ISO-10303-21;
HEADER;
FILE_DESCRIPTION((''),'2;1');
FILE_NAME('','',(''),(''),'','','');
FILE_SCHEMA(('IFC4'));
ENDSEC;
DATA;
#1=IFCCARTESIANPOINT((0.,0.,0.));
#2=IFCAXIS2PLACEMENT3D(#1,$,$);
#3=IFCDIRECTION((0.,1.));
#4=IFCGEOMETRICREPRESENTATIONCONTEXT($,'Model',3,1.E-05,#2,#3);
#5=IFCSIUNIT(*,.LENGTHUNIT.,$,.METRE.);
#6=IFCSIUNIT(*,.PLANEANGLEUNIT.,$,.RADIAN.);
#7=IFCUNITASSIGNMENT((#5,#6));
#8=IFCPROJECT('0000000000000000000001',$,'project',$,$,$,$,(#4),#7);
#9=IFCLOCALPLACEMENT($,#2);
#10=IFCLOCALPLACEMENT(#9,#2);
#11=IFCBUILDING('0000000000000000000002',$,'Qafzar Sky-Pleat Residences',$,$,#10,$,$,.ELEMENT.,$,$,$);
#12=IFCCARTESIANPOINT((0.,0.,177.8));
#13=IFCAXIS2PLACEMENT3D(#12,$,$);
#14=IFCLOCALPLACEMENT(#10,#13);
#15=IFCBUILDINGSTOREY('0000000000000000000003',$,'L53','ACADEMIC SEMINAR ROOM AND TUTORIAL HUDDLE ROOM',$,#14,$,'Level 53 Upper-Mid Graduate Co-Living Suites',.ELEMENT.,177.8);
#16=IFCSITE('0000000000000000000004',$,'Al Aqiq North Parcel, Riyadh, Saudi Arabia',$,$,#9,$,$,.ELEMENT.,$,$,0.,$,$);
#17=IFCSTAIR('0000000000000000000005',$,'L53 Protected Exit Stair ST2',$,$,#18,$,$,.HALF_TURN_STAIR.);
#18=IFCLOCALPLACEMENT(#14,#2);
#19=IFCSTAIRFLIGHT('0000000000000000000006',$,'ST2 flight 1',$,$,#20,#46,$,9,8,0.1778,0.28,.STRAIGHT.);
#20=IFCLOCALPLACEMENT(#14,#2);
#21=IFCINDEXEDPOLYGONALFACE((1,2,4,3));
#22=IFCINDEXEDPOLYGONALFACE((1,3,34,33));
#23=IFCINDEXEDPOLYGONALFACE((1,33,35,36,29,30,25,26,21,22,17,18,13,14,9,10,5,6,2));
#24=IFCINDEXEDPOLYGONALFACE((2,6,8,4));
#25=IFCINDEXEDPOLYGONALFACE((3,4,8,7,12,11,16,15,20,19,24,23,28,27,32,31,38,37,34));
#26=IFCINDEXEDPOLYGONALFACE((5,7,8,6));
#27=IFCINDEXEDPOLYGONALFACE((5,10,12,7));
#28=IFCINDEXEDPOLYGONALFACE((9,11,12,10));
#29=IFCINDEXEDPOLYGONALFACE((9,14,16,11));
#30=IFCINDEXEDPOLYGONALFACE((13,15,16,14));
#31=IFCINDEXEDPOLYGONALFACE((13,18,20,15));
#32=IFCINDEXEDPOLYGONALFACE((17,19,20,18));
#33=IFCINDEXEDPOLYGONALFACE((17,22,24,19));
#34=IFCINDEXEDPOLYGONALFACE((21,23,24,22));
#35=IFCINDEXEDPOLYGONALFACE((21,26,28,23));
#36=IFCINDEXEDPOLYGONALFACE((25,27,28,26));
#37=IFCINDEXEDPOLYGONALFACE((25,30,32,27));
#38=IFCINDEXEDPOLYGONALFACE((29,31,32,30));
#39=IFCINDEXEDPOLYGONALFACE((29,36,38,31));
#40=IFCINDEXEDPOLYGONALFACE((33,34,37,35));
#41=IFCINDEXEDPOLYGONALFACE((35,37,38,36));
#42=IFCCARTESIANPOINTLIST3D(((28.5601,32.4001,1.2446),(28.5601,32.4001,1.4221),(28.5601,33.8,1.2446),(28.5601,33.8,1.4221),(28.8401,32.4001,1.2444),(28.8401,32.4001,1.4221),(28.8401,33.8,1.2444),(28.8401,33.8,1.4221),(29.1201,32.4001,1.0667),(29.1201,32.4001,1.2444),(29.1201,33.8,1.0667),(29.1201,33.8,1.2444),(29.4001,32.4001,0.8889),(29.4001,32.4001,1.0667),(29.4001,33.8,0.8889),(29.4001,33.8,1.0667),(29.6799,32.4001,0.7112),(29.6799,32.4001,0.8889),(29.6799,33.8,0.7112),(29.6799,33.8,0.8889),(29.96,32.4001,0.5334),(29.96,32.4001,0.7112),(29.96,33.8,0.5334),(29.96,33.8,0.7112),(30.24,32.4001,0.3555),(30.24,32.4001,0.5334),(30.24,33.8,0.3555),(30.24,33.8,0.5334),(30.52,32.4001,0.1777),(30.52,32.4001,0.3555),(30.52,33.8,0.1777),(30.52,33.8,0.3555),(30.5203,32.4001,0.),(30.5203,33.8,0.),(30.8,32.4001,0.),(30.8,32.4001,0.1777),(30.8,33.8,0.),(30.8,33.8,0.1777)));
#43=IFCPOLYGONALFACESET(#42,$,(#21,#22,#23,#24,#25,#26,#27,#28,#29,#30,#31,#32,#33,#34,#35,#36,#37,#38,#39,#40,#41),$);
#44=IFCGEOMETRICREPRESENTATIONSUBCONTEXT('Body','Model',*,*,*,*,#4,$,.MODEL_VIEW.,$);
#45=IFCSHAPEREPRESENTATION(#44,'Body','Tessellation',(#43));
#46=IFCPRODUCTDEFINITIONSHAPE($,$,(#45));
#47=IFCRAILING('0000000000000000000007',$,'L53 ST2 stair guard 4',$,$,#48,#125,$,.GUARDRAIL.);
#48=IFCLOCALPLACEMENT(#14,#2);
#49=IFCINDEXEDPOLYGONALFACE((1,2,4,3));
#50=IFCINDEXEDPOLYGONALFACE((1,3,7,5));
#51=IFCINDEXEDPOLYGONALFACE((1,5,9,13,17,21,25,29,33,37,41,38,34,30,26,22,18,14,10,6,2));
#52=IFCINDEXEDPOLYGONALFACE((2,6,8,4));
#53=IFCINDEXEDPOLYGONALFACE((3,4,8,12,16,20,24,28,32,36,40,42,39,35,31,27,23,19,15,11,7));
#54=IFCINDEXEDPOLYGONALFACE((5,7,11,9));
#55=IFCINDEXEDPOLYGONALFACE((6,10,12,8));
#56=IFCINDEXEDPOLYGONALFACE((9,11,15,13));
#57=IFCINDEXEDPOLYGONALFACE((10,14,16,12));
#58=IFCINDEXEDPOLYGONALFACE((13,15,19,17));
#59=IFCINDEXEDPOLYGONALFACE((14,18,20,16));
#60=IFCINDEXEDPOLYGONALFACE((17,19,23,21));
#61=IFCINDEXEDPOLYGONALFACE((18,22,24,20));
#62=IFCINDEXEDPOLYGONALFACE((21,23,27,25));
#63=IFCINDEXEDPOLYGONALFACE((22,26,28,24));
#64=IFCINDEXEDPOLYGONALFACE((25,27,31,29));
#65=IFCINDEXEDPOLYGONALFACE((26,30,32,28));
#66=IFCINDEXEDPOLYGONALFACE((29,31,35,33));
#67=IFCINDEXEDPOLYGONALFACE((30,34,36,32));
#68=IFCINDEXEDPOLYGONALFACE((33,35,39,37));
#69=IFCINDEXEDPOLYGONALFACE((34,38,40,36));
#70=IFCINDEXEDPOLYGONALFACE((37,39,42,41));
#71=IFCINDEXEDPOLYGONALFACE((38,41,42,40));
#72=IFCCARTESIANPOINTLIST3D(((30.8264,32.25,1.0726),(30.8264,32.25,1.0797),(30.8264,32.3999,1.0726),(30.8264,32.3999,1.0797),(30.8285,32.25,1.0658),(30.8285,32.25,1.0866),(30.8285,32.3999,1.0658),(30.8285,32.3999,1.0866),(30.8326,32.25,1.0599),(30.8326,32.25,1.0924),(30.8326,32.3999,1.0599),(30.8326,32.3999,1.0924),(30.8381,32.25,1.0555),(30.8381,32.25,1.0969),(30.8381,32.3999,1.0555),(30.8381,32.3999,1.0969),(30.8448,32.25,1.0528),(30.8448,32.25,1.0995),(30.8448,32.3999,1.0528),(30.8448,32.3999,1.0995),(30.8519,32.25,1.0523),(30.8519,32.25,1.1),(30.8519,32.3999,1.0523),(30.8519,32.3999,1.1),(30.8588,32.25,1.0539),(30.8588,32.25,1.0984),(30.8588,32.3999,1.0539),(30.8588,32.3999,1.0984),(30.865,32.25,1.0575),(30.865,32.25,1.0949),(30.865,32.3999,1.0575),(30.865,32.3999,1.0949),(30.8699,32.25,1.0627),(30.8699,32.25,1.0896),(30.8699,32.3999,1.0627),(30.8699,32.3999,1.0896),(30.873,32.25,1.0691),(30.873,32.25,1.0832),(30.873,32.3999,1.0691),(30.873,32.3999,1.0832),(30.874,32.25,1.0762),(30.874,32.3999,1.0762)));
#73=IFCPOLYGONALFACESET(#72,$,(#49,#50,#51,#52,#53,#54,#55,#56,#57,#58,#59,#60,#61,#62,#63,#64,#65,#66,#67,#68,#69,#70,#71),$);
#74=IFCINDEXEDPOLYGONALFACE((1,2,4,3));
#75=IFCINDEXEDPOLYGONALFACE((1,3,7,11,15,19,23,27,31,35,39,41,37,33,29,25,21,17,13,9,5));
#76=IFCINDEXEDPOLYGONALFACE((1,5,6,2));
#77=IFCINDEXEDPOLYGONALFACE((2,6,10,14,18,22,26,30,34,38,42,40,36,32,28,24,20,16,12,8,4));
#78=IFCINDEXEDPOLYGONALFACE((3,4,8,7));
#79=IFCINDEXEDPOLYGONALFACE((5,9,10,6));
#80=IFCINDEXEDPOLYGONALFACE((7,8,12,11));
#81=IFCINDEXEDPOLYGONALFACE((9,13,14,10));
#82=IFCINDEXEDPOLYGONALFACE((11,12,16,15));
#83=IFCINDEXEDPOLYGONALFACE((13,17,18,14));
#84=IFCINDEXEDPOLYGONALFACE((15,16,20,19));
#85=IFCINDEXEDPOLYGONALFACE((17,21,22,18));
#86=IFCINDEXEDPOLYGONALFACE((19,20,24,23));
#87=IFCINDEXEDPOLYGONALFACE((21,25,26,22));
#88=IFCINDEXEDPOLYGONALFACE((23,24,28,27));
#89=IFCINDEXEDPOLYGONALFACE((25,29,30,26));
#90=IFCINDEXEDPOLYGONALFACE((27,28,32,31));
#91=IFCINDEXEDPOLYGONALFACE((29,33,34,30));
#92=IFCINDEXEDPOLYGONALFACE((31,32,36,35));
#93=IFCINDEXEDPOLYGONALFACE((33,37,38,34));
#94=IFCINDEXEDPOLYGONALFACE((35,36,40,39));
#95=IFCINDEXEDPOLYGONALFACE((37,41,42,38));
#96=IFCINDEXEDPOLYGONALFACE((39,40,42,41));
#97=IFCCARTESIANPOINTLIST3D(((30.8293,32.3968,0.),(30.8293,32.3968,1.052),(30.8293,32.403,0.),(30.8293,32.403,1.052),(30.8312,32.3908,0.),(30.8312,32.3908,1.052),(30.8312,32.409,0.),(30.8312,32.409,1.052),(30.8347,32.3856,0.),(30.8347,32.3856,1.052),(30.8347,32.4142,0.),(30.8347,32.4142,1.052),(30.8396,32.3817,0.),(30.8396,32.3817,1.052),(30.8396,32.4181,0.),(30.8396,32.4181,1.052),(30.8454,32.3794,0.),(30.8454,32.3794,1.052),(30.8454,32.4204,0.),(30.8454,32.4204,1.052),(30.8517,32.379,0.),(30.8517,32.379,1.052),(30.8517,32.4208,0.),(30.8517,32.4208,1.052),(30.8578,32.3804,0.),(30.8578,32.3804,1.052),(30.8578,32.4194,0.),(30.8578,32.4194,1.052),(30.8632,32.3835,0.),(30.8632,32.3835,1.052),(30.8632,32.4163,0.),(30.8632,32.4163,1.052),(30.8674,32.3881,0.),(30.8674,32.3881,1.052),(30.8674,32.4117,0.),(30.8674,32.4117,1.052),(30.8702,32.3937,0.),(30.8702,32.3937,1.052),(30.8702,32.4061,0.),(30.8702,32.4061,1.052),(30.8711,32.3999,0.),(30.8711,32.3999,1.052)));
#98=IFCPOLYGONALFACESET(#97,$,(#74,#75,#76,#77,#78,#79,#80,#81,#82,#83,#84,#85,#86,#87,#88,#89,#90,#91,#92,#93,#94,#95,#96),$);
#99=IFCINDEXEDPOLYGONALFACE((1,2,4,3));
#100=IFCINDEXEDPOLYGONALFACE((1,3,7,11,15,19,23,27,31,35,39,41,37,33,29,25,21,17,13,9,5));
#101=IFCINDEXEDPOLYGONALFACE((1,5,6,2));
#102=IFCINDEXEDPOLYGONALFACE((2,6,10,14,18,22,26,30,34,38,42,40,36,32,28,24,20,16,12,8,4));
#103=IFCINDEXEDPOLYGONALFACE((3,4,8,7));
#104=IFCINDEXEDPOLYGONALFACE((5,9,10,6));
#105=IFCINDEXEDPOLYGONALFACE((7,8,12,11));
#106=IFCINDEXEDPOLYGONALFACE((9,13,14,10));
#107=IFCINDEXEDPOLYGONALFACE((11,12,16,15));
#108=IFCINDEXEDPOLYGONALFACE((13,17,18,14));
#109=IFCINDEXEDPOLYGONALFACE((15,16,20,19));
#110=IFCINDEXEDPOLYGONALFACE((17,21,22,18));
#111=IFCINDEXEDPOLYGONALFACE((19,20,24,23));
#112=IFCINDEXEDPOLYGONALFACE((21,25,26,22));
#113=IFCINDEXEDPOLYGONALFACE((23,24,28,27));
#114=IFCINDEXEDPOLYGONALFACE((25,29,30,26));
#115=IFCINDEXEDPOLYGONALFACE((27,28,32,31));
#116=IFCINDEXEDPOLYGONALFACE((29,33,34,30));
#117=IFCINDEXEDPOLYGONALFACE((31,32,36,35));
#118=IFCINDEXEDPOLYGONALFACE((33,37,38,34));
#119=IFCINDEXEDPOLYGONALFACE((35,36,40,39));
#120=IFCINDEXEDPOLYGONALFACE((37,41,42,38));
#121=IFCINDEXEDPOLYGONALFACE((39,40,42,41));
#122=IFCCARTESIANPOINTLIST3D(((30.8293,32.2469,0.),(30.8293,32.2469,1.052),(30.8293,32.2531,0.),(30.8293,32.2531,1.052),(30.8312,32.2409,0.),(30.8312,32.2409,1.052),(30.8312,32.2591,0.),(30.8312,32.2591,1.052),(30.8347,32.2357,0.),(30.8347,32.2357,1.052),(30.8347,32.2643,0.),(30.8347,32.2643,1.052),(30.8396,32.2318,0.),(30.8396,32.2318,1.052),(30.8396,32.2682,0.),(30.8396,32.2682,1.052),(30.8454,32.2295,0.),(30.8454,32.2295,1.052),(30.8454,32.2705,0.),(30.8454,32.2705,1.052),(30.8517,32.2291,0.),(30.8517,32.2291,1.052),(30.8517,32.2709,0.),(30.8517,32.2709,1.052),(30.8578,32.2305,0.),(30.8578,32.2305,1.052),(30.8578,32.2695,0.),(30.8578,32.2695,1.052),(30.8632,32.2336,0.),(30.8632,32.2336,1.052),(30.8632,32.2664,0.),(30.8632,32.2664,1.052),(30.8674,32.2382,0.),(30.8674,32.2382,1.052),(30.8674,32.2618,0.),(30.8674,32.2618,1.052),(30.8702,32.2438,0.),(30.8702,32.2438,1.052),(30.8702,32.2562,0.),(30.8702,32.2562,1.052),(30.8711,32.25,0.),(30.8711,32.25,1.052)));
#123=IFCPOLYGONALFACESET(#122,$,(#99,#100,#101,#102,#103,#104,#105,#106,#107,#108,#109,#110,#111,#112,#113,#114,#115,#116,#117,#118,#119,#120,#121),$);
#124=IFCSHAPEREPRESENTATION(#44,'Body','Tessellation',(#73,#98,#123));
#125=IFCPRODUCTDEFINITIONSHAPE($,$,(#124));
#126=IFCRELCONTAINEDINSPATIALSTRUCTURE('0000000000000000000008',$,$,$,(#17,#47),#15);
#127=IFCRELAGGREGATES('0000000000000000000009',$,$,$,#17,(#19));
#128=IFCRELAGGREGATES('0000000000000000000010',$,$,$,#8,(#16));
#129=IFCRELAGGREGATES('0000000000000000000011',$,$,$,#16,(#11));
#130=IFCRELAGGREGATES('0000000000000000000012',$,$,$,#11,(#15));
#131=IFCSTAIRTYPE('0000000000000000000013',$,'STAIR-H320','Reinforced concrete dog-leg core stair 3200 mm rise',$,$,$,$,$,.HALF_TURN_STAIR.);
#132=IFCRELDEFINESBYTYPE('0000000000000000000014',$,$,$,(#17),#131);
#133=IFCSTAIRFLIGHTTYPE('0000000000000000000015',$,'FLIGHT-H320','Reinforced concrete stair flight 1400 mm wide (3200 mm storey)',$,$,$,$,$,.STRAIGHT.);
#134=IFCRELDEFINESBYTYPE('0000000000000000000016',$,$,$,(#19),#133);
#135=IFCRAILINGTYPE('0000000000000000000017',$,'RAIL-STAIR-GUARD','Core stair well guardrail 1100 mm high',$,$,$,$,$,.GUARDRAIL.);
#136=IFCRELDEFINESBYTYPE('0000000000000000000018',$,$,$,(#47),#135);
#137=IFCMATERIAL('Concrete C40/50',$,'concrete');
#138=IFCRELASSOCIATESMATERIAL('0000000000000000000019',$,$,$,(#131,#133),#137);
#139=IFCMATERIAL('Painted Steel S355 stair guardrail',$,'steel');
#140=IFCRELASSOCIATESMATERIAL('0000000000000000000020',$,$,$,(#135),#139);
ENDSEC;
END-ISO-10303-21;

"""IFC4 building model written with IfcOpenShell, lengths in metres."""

from ifc_helpers import new_model, si_unit, direction, frame, origin, origin_2d, place, context, subcontext, project, spatial, polyline, circle, outline, extrude, source, transform, mapped, material, type_object, element, aggregate, save


model = new_model("IFC4")

# Units and contexts
model_context = context("Model", 3, precision=1e-05, world=origin(), true_north=direction((0.0, 1.0)))
body_context = subcontext(model_context, "Body", "Model", "MODEL_VIEW")
ifc_project = project(units=[si_unit("LENGTHUNIT", "METRE"), si_unit("PLANEANGLEUNIT", "RADIAN")], contexts=[model_context])

# Site, building, storey
site_placement = place(None, origin())
site = spatial("IfcSite", under=ifc_project, at=site_placement, Name="Al Aqiq North Parcel, Riyadh, Saudi Arabia", CompositionType="ELEMENT", RefElevation=0.0)
building_placement = place(site_placement, origin())
building = spatial("IfcBuilding", under=site, at=building_placement, Name="Qafzar Sky-Pleat Residences", CompositionType="ELEMENT")
storey_placement = place(building_placement, frame((0.0, 0.0, 177.8)))
storey = spatial("IfcBuildingStorey", under=building, at=storey_placement, Name="L53", Description="ACADEMIC SEMINAR ROOM AND TUTORIAL HUDDLE ROOM", LongName="Level 53 Upper-Mid Graduate Co-Living Suites", CompositionType="ELEMENT", Elevation=177.8)

# Stair, stair flight
ifc_material_1 = material(Name="Concrete C40/50", Category="concrete")
stair_type = type_object("IfcStairType", Name="STAIR-H320", Description="Reinforced concrete dog-leg core stair 3200 mm rise", PredefinedType="HALF_TURN_STAIR", material=ifc_material_1)
stair_placement = place(storey_placement, origin())
stair = element("IfcStair", 1, at=stair_placement, inside=storey, type_object=stair_type, Name="L53 Protected Exit Stair ST2", PredefinedType="HALF_TURN_STAIR")
stair_flight_type = type_object("IfcStairFlightType", Name="FLIGHT-H320", Description="Reinforced concrete stair flight 1400 mm wide (3200 mm storey)", PredefinedType="STRAIGHT", material=ifc_material_1)
shared_shape_1 = source(origin(), body_context, "Body", "SweptSolid", [
    extrude(outline(polyline([(0.0, 0.0), (0.0, 0.1777), (0.28, 0.1777), (0.28, 0.3555), (0.5601, 0.3555), (0.5601, 0.5334), (0.8401, 0.5334), (0.8401, 0.7112), (1.1201, 0.7112), (1.1201, 0.8889), (1.3999, 0.8889), (1.3999, 1.0667), (1.6799, 1.0667), (1.6799, 1.2444), (1.96, 1.2444), (1.96, 1.4221), (2.24, 1.4221), (2.24, 1.6001), (2.24, 1.2446), (0.2798, 0.0), (0.0, 0.0)])), frame((0.0, 0.7, 0.0), z_axis=(0.0, -1.0, 0.0), x_axis=(1.0, 0.0, 0.0)), (0.0, 0.0, 1.0), 1.3999),
])
stair_flight_placement = place(storey_placement, frame((30.8, 33.1001, 0.0), z_axis=(0.0, 0.0, 1.0), x_axis=(-1.0, 0.0, 0.0)))
stair_flight = element("IfcStairFlight", 2, at=stair_flight_placement, type_object=stair_flight_type, Name="ST2 flight 1", NumberOfRisers=9, NumberOfTreads=8, PredefinedType="STRAIGHT", RiserHeight=0.1778, TreadLength=0.28, context=body_context, shape_type="MappedRepresentation", body=[
    mapped(shared_shape_1, transform((0.0, 0.0, 0.0), x_axis=(1.0, 0.0, 0.0), y_axis=(0.0, 1.0, 0.0), z_axis=(0.0, 0.0, 1.0), scale=1.0)),
])
aggregate(stair, [stair_flight])

# Railing
ifc_material_2 = material(Name="Painted Steel S355 stair guardrail", Category="steel")
railing_type_1 = type_object("IfcRailingType", Name="RAIL-STAIR-GUARD", Description="Core stair well guardrail 1100 mm high", PredefinedType="GUARDRAIL", material=ifc_material_2)
shared_shape_2 = source(origin(), body_context, "Body", "SweptSolid", [
    extrude(circle(Radius=0.0239, at=origin_2d()), frame((0.0, 0.0, 1.0762), z_axis=(0.0, -1.0, 0.0), x_axis=(1.0, 0.0, 0.0)), (0.0, 0.0, 1.0), 0.1499),
    extrude(circle(Radius=0.021, at=origin_2d()), origin(), (0.0, 0.0, 1.0), 1.052),
    extrude(circle(Radius=0.021, at=origin_2d()), frame((0.0, -0.1499, 0.0)), (0.0, 0.0, 1.0), 1.052),
])
railing_1_placement = place(storey_placement, frame((30.8501, 32.3999, 0.0)))
element("IfcRailing", 3, at=railing_1_placement, inside=storey, type_object=railing_type_1, Name="L53 ST2 stair guard 4", PredefinedType="GUARDRAIL", context=body_context, shape_type="MappedRepresentation", body=[
    mapped(shared_shape_2, transform((0.0, 0.0, 0.0), x_axis=(1.0, 0.0, 0.0), y_axis=(0.0, 1.0, 0.0), z_axis=(0.0, 0.0, 1.0), scale=1.0)),
])

save(model, "model.ifc")
